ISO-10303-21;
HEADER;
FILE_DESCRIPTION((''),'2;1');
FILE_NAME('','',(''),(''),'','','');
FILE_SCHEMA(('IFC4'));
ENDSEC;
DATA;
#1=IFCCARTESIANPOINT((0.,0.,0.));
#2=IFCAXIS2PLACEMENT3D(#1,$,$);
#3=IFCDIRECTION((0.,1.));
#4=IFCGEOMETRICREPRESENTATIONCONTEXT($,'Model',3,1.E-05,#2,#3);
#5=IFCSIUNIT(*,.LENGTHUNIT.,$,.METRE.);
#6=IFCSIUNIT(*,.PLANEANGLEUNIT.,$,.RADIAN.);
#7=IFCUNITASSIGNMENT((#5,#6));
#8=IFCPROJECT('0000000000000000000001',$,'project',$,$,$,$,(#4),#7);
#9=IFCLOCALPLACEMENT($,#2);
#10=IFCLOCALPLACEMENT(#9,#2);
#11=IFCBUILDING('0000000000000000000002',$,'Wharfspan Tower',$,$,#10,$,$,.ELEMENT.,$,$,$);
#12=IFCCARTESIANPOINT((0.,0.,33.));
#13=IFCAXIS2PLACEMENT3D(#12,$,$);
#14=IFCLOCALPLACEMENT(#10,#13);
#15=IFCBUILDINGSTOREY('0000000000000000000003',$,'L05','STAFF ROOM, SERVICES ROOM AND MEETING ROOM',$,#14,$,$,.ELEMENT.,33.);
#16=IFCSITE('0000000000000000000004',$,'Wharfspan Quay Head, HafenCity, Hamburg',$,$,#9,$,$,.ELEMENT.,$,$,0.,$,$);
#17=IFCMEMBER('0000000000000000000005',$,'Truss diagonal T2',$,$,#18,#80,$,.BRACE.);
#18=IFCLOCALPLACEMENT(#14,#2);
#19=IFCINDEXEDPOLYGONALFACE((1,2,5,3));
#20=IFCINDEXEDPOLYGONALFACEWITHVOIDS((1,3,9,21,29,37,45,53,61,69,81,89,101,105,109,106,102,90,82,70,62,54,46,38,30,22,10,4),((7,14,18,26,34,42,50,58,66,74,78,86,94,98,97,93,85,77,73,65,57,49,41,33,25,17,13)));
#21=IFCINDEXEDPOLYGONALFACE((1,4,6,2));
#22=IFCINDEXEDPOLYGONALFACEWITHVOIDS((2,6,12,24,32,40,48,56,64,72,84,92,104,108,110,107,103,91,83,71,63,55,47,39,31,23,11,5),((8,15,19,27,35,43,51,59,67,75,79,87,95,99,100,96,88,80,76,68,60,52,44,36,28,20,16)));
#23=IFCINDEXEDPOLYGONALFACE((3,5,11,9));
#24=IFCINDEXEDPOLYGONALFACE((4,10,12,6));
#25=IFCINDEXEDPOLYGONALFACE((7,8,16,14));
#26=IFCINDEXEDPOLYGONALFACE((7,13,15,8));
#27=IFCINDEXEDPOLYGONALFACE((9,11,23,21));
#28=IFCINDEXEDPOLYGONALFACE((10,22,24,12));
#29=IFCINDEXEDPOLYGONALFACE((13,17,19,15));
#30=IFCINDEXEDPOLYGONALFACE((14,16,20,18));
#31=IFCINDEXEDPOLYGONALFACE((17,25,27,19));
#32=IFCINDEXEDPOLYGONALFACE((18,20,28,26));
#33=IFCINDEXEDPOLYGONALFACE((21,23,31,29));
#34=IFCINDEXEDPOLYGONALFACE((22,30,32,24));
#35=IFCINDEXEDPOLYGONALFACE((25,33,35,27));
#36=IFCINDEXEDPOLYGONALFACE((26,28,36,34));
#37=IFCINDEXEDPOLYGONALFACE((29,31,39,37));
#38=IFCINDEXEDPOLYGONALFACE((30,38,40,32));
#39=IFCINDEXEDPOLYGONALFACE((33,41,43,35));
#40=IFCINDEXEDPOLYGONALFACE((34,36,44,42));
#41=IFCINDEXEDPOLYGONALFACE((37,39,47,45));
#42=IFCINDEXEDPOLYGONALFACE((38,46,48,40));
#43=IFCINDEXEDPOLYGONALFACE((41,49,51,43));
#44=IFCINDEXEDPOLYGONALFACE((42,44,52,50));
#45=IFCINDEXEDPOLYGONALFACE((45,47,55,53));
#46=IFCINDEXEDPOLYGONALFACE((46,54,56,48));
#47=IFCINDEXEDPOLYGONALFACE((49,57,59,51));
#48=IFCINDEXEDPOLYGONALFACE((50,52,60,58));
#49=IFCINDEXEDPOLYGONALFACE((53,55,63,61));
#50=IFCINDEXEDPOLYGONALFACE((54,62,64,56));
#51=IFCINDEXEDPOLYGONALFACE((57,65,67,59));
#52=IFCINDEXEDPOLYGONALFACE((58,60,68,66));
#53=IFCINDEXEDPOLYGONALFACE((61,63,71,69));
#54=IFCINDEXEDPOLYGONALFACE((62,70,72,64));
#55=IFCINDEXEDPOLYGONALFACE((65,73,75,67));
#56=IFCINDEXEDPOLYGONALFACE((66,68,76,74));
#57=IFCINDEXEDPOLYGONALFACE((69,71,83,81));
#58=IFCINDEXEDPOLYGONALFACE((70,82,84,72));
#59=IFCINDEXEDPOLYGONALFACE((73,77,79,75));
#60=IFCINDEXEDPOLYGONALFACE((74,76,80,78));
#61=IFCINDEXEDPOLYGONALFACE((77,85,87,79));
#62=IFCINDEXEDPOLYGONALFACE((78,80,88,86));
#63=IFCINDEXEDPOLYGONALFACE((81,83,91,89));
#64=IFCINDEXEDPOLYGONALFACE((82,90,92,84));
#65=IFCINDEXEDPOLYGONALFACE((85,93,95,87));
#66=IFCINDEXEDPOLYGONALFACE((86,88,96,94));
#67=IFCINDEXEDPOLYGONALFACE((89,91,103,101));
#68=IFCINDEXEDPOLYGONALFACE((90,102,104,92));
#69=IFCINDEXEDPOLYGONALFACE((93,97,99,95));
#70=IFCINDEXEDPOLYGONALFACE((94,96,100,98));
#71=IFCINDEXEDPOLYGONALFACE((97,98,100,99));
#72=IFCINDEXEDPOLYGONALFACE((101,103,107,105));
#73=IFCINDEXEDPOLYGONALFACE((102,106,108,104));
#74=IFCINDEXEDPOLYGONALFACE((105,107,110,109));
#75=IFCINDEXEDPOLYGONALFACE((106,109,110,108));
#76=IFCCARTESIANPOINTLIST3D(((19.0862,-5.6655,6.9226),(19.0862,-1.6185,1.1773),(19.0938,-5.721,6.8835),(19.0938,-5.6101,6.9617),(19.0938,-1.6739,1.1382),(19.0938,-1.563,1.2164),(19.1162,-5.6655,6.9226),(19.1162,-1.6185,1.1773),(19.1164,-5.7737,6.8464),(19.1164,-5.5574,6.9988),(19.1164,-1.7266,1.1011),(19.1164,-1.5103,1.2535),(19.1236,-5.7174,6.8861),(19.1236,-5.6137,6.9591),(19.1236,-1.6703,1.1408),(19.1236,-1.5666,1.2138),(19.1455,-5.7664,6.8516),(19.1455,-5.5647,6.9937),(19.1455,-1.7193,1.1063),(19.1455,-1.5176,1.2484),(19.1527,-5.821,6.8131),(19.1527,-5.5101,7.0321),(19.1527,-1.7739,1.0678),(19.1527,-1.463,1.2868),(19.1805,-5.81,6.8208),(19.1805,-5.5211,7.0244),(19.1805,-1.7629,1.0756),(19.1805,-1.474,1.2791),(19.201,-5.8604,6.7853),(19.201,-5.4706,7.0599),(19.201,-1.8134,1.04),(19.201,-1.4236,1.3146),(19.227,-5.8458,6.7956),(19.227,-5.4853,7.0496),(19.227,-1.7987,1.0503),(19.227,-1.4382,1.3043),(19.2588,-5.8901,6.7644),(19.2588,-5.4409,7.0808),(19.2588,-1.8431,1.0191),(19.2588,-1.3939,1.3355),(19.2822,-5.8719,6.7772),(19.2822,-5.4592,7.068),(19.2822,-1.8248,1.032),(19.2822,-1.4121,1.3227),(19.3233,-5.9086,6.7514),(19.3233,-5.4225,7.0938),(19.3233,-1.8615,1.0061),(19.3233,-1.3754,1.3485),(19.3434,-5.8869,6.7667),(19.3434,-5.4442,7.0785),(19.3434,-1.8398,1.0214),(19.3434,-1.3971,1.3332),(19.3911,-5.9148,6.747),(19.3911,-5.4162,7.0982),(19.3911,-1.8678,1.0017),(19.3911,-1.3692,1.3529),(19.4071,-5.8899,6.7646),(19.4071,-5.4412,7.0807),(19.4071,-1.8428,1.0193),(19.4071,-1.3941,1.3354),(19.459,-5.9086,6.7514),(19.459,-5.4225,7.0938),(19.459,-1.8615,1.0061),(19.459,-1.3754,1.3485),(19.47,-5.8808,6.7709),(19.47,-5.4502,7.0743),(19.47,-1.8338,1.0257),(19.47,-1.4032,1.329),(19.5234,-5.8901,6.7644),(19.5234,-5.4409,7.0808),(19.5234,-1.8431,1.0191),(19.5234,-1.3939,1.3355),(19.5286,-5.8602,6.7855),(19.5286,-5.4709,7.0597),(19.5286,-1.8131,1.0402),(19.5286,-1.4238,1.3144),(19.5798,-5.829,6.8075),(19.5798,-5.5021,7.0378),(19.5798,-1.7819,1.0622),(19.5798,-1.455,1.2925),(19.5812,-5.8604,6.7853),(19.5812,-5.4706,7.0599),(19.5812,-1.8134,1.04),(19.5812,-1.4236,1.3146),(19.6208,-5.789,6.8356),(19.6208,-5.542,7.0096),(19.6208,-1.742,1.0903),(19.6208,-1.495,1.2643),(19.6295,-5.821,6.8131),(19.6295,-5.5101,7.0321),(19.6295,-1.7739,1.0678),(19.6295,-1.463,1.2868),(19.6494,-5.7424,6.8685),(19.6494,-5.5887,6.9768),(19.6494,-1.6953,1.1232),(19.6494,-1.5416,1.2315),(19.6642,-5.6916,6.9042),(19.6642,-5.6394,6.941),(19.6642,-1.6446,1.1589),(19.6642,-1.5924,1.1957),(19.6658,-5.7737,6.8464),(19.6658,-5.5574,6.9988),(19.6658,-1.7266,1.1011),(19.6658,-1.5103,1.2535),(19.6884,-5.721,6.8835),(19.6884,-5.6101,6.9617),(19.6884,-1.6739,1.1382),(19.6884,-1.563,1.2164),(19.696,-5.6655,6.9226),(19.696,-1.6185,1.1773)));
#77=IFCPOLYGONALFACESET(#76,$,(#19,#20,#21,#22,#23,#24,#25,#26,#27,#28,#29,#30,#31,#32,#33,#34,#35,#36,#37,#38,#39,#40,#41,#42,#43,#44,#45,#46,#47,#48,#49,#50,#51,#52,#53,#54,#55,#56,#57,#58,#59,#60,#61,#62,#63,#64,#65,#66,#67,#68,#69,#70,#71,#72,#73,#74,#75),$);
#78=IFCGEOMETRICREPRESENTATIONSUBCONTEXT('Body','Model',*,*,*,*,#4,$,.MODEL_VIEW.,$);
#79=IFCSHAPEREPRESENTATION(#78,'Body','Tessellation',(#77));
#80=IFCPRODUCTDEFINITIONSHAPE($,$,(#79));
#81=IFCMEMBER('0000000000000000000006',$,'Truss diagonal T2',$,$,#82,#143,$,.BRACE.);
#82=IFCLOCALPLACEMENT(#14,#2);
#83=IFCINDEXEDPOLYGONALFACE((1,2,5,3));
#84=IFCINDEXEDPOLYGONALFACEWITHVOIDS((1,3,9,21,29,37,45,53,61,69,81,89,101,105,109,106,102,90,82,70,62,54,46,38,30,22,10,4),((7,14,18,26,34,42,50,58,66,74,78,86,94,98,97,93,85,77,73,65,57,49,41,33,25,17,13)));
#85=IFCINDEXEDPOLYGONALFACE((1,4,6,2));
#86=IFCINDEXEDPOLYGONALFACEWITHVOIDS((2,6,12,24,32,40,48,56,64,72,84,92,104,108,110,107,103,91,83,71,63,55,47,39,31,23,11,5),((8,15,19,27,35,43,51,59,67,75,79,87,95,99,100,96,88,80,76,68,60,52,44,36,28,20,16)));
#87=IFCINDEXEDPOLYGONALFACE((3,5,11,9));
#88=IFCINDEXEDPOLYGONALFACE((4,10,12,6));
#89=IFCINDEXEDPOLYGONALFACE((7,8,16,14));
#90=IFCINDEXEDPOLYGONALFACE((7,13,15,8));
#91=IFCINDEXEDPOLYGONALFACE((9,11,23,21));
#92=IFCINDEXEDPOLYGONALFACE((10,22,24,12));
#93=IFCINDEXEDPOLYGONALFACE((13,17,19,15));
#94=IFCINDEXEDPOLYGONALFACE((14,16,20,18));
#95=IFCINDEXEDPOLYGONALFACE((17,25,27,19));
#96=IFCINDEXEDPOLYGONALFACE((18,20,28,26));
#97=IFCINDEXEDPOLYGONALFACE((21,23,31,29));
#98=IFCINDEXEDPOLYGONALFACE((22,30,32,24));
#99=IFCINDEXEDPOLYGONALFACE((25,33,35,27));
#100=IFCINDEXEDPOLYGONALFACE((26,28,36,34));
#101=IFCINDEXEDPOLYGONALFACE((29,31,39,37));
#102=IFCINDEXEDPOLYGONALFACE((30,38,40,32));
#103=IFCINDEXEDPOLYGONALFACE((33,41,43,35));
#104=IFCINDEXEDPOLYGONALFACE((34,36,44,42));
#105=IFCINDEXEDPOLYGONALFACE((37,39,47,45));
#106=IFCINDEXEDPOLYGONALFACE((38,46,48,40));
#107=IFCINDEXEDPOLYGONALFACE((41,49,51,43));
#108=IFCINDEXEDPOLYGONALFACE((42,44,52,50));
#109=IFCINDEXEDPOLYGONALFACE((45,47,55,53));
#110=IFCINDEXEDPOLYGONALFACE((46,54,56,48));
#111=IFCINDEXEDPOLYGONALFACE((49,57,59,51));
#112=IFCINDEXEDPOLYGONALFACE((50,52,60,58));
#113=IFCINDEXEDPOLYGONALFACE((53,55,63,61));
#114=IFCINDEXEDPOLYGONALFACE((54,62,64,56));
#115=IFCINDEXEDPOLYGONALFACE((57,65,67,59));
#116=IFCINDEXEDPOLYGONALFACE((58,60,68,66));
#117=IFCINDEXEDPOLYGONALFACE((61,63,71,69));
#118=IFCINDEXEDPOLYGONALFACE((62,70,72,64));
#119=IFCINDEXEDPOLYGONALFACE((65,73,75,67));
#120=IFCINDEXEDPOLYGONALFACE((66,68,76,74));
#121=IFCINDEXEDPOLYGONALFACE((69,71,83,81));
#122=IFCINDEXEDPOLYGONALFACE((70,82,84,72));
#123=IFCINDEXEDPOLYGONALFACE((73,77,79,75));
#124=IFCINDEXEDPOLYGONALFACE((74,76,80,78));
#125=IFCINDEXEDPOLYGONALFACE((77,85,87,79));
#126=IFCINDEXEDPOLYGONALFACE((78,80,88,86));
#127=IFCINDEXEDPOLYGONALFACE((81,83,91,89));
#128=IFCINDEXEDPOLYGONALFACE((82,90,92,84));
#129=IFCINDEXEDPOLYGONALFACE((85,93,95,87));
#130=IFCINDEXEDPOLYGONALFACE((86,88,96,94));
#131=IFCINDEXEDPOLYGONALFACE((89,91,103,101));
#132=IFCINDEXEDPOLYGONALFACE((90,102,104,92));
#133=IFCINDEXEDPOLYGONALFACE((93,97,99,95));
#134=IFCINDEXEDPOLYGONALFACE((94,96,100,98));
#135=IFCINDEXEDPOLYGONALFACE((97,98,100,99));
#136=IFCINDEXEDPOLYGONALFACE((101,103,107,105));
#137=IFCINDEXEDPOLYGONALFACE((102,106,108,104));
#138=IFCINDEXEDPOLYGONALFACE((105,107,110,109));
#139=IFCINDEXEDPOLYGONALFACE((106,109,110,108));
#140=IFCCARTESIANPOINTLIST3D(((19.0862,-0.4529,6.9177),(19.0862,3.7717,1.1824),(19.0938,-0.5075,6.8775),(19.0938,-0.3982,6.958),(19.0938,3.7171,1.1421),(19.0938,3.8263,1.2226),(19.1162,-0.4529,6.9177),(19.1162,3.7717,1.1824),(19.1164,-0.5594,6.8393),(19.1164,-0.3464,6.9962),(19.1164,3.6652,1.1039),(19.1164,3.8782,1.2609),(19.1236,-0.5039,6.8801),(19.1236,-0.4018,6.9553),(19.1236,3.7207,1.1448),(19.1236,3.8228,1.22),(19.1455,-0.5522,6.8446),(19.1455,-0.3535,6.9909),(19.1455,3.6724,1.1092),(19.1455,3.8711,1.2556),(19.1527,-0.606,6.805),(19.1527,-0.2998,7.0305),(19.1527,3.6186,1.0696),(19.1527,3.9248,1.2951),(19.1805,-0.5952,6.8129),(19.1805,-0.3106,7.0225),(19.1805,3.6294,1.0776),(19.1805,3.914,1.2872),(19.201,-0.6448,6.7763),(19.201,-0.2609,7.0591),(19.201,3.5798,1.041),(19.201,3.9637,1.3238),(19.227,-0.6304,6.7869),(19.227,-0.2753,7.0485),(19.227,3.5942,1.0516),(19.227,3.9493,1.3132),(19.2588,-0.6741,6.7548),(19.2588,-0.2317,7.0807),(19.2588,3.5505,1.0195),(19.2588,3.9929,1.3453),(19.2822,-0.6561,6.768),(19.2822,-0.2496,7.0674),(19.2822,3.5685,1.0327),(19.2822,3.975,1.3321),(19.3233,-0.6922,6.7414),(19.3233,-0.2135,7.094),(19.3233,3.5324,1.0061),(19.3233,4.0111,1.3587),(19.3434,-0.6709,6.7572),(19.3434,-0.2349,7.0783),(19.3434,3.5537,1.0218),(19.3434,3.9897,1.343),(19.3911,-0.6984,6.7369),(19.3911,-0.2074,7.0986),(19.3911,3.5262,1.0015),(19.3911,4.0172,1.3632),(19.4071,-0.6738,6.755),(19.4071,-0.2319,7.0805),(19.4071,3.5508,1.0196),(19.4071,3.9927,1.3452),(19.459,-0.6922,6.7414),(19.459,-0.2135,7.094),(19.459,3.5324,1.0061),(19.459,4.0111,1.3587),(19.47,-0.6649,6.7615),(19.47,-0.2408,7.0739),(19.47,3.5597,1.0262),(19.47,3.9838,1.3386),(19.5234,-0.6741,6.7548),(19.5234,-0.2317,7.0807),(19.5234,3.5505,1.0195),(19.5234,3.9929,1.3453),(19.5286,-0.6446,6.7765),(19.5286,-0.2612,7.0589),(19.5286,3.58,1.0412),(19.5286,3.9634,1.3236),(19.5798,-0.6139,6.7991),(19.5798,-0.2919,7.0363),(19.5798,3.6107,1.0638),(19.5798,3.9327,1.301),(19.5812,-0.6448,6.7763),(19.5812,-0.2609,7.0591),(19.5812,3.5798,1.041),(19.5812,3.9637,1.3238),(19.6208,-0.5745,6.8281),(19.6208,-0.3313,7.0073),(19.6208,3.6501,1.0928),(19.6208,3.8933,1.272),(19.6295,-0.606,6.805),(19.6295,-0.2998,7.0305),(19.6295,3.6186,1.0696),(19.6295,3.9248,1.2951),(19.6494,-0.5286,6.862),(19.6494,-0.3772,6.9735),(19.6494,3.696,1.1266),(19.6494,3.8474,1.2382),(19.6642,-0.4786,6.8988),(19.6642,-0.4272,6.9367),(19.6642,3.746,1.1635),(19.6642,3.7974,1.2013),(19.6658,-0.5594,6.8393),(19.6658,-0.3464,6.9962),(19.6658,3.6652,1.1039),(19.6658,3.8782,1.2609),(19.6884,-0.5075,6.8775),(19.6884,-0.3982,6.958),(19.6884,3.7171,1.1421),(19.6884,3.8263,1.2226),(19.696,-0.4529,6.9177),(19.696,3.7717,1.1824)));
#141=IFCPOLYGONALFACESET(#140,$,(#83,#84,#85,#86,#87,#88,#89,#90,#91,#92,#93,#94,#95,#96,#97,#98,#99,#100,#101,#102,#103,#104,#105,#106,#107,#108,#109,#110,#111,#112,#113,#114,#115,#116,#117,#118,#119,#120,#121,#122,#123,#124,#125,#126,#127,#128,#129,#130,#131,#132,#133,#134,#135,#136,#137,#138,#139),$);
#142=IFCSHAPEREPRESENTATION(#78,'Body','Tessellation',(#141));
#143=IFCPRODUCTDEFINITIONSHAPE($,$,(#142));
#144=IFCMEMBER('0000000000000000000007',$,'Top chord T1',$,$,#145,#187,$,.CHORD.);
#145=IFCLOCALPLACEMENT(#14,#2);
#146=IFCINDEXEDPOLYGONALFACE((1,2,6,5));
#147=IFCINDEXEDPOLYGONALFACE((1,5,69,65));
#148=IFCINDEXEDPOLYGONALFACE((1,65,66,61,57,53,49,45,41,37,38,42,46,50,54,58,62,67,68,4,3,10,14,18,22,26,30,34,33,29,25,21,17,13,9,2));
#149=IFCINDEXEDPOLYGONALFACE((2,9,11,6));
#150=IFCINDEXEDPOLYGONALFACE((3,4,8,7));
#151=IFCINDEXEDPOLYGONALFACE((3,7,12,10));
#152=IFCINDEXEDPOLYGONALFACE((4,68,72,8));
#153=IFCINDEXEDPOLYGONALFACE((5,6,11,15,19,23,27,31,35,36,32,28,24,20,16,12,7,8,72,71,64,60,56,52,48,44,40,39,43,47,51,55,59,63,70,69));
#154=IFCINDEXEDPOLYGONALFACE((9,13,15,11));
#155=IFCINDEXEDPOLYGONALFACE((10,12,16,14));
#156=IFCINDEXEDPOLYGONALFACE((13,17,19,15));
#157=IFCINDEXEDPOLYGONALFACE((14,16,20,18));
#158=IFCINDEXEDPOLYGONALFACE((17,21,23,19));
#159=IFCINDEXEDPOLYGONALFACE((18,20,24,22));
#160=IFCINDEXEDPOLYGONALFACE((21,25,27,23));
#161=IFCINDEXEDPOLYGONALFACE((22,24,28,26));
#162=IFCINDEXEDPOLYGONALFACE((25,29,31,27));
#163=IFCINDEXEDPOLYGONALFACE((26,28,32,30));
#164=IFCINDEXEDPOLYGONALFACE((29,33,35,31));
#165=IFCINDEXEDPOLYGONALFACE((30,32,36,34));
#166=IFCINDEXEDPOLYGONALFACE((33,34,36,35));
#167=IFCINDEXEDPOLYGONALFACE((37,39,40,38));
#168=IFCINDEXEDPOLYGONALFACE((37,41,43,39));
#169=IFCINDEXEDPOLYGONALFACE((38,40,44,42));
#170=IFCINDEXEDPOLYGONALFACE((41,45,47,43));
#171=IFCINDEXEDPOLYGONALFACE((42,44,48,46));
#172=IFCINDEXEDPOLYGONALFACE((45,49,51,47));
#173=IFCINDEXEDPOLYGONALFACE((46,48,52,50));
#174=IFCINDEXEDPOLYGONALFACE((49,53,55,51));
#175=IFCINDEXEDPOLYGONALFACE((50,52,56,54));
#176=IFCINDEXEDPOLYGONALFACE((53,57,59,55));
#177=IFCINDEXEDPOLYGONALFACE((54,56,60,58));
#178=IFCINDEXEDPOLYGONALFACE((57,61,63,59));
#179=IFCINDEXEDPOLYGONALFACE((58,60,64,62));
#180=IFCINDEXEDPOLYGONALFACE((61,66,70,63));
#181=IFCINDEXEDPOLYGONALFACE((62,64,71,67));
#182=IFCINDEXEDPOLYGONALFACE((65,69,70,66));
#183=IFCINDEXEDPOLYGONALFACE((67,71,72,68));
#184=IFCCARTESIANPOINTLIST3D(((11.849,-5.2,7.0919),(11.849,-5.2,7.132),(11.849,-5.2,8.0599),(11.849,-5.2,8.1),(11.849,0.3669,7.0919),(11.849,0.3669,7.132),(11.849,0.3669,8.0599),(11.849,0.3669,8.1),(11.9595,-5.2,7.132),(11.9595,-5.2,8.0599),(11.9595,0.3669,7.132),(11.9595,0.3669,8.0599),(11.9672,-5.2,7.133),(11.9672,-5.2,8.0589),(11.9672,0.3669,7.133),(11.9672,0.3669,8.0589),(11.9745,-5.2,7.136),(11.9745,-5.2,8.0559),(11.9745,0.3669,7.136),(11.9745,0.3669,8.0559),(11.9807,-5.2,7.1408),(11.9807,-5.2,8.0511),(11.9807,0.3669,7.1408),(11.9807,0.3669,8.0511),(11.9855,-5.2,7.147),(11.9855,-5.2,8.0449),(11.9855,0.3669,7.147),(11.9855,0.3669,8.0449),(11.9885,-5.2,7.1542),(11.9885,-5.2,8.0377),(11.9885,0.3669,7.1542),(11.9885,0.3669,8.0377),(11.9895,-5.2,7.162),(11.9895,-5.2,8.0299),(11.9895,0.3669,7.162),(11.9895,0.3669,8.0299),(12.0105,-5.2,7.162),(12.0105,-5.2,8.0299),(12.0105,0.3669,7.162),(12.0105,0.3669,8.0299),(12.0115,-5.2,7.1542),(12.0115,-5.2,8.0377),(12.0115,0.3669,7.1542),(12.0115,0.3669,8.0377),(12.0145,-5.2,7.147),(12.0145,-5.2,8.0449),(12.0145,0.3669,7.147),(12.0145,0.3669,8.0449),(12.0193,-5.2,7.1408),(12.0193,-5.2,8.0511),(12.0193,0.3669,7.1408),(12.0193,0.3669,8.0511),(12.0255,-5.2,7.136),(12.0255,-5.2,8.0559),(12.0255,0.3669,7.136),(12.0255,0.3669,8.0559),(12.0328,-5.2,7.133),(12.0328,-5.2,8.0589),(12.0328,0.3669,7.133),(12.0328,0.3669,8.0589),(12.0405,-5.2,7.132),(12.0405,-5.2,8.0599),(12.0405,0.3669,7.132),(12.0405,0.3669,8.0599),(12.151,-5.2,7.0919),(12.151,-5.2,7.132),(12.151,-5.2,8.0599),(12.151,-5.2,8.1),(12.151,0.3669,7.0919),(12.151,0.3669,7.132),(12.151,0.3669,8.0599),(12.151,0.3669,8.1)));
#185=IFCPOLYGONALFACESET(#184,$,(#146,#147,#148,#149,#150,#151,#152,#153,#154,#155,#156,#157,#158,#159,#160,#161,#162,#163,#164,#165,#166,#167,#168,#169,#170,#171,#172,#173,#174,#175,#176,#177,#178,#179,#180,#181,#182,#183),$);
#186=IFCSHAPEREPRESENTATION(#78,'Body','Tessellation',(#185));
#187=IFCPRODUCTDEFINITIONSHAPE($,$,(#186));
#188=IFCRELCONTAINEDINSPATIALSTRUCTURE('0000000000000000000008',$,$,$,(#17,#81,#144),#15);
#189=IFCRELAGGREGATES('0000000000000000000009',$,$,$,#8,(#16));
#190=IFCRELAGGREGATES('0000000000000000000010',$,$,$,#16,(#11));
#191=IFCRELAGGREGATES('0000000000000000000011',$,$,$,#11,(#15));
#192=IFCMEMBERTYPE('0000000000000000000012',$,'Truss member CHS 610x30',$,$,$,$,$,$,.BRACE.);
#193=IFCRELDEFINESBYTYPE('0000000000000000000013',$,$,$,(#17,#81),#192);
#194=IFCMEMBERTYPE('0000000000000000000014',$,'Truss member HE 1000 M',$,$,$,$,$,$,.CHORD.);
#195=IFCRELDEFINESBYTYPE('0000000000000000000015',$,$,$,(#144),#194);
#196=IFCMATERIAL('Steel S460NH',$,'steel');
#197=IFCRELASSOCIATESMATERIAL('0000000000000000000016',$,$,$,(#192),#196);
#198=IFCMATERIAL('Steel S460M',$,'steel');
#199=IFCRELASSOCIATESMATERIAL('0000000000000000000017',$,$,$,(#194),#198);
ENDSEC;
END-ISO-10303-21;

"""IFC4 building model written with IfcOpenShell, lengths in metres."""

from ifc_helpers import new_model, si_unit, direction, frame, origin, origin_2d, place, context, subcontext, project, spatial, hollow_circle, i_section, extrude, material, material_profile, profile_set, type_object, element, save


model = new_model("IFC4")

# Units and contexts
model_context = context("Model", 3, precision=1e-05, world=origin(), true_north=direction((0.0, 1.0)))
body_context = subcontext(model_context, "Body", "Model", "MODEL_VIEW")
ifc_project = project(units=[si_unit("LENGTHUNIT", "METRE"), si_unit("PLANEANGLEUNIT", "RADIAN")], contexts=[model_context])

# Site, building, storey
site_placement = place(None, origin())
site = spatial("IfcSite", under=ifc_project, at=site_placement, Name="Wharfspan Quay Head, HafenCity, Hamburg", CompositionType="ELEMENT", RefElevation=0.0)
building_placement = place(site_placement, origin())
building = spatial("IfcBuilding", under=site, at=building_placement, Name="Wharfspan Tower", CompositionType="ELEMENT")
storey_placement = place(building_placement, frame((0.0, 0.0, 33.0)))
storey = spatial("IfcBuildingStorey", under=building, at=storey_placement, Name="L05", Description="STAFF ROOM, SERVICES ROOM AND MEETING ROOM", CompositionType="ELEMENT", Elevation=33.0)

# Members
ifc_material_1 = material(Name="Steel S460NH", Category="steel")
ifc_material_profile_1 = material_profile(ifc_material_1, hollow_circle(Radius=0.3049, WallThickness=0.03, at=origin_2d()))
ifc_profile_set_1 = profile_set([ifc_material_profile_1], Name="Steel S460NH")
member_type_1 = type_object("IfcMemberType", Name="Truss member CHS 610x30", PredefinedType="BRACE", material=ifc_profile_set_1)
member_1_placement = place(storey_placement, frame((19.3911, -5.6655, 6.9226), z_axis=(0.0, 0.575882, -0.817533), x_axis=(-1.0, 0.0, 0.0)))
element("IfcMember", 1, at=member_1_placement, inside=storey, type_object=member_type_1, Name="Truss diagonal T2", PredefinedType="BRACE", context=body_context, shape_type="SweptSolid", body=[
    extrude(hollow_circle(Radius=0.3049, WallThickness=0.03, at=origin_2d()), origin(), (0.0, 0.0, 1.0), 7.0276),
])
member_2_placement = place(storey_placement, frame((19.3911, -0.4529, 6.9177), z_axis=(0.0, 0.593068, -0.805152), x_axis=(-1.0, 0.0, 0.0)))
element("IfcMember", 2, at=member_2_placement, inside=storey, type_object=member_type_1, Name="Truss diagonal T2", PredefinedType="BRACE", context=body_context, shape_type="SweptSolid", body=[
    extrude(hollow_circle(Radius=0.3049, WallThickness=0.03, at=origin_2d()), origin(), (0.0, 0.0, 1.0), 7.1233),
])
ifc_material_2 = material(Name="Steel S460M", Category="steel")
ifc_material_profile_2 = material_profile(ifc_material_2, i_section(OverallWidth=0.302, OverallDepth=1.0081, WebThickness=0.021, FlangeThickness=0.04, FilletRadius=0.03, at=origin_2d()))
ifc_profile_set_2 = profile_set([ifc_material_profile_2], Name="Steel S460M")
member_type_2 = type_object("IfcMemberType", Name="Truss member HE 1000 M", PredefinedType="CHORD", material=ifc_profile_set_2)
for number, where, z_axis, x_axis, name in (
    (3, (12.0, -5.2, 7.5959), (0.0, 1.0, 0.0), (-1.0, 0.0, 0.0), "Top chord T1"),
):
    element("IfcMember", number, at=place(storey_placement, frame(where, z_axis=z_axis, x_axis=x_axis)), inside=storey, type_object=member_type_2, Name=name, PredefinedType="CHORD", context=body_context, shape_type="SweptSolid", body=[
        extrude(i_section(OverallWidth=0.302, OverallDepth=1.0081, WebThickness=0.021, FlangeThickness=0.04, FilletRadius=0.03, at=origin_2d()), origin(), (0.0, 0.0, 1.0), 5.5669),
    ])

save(model, "model.ifc")
